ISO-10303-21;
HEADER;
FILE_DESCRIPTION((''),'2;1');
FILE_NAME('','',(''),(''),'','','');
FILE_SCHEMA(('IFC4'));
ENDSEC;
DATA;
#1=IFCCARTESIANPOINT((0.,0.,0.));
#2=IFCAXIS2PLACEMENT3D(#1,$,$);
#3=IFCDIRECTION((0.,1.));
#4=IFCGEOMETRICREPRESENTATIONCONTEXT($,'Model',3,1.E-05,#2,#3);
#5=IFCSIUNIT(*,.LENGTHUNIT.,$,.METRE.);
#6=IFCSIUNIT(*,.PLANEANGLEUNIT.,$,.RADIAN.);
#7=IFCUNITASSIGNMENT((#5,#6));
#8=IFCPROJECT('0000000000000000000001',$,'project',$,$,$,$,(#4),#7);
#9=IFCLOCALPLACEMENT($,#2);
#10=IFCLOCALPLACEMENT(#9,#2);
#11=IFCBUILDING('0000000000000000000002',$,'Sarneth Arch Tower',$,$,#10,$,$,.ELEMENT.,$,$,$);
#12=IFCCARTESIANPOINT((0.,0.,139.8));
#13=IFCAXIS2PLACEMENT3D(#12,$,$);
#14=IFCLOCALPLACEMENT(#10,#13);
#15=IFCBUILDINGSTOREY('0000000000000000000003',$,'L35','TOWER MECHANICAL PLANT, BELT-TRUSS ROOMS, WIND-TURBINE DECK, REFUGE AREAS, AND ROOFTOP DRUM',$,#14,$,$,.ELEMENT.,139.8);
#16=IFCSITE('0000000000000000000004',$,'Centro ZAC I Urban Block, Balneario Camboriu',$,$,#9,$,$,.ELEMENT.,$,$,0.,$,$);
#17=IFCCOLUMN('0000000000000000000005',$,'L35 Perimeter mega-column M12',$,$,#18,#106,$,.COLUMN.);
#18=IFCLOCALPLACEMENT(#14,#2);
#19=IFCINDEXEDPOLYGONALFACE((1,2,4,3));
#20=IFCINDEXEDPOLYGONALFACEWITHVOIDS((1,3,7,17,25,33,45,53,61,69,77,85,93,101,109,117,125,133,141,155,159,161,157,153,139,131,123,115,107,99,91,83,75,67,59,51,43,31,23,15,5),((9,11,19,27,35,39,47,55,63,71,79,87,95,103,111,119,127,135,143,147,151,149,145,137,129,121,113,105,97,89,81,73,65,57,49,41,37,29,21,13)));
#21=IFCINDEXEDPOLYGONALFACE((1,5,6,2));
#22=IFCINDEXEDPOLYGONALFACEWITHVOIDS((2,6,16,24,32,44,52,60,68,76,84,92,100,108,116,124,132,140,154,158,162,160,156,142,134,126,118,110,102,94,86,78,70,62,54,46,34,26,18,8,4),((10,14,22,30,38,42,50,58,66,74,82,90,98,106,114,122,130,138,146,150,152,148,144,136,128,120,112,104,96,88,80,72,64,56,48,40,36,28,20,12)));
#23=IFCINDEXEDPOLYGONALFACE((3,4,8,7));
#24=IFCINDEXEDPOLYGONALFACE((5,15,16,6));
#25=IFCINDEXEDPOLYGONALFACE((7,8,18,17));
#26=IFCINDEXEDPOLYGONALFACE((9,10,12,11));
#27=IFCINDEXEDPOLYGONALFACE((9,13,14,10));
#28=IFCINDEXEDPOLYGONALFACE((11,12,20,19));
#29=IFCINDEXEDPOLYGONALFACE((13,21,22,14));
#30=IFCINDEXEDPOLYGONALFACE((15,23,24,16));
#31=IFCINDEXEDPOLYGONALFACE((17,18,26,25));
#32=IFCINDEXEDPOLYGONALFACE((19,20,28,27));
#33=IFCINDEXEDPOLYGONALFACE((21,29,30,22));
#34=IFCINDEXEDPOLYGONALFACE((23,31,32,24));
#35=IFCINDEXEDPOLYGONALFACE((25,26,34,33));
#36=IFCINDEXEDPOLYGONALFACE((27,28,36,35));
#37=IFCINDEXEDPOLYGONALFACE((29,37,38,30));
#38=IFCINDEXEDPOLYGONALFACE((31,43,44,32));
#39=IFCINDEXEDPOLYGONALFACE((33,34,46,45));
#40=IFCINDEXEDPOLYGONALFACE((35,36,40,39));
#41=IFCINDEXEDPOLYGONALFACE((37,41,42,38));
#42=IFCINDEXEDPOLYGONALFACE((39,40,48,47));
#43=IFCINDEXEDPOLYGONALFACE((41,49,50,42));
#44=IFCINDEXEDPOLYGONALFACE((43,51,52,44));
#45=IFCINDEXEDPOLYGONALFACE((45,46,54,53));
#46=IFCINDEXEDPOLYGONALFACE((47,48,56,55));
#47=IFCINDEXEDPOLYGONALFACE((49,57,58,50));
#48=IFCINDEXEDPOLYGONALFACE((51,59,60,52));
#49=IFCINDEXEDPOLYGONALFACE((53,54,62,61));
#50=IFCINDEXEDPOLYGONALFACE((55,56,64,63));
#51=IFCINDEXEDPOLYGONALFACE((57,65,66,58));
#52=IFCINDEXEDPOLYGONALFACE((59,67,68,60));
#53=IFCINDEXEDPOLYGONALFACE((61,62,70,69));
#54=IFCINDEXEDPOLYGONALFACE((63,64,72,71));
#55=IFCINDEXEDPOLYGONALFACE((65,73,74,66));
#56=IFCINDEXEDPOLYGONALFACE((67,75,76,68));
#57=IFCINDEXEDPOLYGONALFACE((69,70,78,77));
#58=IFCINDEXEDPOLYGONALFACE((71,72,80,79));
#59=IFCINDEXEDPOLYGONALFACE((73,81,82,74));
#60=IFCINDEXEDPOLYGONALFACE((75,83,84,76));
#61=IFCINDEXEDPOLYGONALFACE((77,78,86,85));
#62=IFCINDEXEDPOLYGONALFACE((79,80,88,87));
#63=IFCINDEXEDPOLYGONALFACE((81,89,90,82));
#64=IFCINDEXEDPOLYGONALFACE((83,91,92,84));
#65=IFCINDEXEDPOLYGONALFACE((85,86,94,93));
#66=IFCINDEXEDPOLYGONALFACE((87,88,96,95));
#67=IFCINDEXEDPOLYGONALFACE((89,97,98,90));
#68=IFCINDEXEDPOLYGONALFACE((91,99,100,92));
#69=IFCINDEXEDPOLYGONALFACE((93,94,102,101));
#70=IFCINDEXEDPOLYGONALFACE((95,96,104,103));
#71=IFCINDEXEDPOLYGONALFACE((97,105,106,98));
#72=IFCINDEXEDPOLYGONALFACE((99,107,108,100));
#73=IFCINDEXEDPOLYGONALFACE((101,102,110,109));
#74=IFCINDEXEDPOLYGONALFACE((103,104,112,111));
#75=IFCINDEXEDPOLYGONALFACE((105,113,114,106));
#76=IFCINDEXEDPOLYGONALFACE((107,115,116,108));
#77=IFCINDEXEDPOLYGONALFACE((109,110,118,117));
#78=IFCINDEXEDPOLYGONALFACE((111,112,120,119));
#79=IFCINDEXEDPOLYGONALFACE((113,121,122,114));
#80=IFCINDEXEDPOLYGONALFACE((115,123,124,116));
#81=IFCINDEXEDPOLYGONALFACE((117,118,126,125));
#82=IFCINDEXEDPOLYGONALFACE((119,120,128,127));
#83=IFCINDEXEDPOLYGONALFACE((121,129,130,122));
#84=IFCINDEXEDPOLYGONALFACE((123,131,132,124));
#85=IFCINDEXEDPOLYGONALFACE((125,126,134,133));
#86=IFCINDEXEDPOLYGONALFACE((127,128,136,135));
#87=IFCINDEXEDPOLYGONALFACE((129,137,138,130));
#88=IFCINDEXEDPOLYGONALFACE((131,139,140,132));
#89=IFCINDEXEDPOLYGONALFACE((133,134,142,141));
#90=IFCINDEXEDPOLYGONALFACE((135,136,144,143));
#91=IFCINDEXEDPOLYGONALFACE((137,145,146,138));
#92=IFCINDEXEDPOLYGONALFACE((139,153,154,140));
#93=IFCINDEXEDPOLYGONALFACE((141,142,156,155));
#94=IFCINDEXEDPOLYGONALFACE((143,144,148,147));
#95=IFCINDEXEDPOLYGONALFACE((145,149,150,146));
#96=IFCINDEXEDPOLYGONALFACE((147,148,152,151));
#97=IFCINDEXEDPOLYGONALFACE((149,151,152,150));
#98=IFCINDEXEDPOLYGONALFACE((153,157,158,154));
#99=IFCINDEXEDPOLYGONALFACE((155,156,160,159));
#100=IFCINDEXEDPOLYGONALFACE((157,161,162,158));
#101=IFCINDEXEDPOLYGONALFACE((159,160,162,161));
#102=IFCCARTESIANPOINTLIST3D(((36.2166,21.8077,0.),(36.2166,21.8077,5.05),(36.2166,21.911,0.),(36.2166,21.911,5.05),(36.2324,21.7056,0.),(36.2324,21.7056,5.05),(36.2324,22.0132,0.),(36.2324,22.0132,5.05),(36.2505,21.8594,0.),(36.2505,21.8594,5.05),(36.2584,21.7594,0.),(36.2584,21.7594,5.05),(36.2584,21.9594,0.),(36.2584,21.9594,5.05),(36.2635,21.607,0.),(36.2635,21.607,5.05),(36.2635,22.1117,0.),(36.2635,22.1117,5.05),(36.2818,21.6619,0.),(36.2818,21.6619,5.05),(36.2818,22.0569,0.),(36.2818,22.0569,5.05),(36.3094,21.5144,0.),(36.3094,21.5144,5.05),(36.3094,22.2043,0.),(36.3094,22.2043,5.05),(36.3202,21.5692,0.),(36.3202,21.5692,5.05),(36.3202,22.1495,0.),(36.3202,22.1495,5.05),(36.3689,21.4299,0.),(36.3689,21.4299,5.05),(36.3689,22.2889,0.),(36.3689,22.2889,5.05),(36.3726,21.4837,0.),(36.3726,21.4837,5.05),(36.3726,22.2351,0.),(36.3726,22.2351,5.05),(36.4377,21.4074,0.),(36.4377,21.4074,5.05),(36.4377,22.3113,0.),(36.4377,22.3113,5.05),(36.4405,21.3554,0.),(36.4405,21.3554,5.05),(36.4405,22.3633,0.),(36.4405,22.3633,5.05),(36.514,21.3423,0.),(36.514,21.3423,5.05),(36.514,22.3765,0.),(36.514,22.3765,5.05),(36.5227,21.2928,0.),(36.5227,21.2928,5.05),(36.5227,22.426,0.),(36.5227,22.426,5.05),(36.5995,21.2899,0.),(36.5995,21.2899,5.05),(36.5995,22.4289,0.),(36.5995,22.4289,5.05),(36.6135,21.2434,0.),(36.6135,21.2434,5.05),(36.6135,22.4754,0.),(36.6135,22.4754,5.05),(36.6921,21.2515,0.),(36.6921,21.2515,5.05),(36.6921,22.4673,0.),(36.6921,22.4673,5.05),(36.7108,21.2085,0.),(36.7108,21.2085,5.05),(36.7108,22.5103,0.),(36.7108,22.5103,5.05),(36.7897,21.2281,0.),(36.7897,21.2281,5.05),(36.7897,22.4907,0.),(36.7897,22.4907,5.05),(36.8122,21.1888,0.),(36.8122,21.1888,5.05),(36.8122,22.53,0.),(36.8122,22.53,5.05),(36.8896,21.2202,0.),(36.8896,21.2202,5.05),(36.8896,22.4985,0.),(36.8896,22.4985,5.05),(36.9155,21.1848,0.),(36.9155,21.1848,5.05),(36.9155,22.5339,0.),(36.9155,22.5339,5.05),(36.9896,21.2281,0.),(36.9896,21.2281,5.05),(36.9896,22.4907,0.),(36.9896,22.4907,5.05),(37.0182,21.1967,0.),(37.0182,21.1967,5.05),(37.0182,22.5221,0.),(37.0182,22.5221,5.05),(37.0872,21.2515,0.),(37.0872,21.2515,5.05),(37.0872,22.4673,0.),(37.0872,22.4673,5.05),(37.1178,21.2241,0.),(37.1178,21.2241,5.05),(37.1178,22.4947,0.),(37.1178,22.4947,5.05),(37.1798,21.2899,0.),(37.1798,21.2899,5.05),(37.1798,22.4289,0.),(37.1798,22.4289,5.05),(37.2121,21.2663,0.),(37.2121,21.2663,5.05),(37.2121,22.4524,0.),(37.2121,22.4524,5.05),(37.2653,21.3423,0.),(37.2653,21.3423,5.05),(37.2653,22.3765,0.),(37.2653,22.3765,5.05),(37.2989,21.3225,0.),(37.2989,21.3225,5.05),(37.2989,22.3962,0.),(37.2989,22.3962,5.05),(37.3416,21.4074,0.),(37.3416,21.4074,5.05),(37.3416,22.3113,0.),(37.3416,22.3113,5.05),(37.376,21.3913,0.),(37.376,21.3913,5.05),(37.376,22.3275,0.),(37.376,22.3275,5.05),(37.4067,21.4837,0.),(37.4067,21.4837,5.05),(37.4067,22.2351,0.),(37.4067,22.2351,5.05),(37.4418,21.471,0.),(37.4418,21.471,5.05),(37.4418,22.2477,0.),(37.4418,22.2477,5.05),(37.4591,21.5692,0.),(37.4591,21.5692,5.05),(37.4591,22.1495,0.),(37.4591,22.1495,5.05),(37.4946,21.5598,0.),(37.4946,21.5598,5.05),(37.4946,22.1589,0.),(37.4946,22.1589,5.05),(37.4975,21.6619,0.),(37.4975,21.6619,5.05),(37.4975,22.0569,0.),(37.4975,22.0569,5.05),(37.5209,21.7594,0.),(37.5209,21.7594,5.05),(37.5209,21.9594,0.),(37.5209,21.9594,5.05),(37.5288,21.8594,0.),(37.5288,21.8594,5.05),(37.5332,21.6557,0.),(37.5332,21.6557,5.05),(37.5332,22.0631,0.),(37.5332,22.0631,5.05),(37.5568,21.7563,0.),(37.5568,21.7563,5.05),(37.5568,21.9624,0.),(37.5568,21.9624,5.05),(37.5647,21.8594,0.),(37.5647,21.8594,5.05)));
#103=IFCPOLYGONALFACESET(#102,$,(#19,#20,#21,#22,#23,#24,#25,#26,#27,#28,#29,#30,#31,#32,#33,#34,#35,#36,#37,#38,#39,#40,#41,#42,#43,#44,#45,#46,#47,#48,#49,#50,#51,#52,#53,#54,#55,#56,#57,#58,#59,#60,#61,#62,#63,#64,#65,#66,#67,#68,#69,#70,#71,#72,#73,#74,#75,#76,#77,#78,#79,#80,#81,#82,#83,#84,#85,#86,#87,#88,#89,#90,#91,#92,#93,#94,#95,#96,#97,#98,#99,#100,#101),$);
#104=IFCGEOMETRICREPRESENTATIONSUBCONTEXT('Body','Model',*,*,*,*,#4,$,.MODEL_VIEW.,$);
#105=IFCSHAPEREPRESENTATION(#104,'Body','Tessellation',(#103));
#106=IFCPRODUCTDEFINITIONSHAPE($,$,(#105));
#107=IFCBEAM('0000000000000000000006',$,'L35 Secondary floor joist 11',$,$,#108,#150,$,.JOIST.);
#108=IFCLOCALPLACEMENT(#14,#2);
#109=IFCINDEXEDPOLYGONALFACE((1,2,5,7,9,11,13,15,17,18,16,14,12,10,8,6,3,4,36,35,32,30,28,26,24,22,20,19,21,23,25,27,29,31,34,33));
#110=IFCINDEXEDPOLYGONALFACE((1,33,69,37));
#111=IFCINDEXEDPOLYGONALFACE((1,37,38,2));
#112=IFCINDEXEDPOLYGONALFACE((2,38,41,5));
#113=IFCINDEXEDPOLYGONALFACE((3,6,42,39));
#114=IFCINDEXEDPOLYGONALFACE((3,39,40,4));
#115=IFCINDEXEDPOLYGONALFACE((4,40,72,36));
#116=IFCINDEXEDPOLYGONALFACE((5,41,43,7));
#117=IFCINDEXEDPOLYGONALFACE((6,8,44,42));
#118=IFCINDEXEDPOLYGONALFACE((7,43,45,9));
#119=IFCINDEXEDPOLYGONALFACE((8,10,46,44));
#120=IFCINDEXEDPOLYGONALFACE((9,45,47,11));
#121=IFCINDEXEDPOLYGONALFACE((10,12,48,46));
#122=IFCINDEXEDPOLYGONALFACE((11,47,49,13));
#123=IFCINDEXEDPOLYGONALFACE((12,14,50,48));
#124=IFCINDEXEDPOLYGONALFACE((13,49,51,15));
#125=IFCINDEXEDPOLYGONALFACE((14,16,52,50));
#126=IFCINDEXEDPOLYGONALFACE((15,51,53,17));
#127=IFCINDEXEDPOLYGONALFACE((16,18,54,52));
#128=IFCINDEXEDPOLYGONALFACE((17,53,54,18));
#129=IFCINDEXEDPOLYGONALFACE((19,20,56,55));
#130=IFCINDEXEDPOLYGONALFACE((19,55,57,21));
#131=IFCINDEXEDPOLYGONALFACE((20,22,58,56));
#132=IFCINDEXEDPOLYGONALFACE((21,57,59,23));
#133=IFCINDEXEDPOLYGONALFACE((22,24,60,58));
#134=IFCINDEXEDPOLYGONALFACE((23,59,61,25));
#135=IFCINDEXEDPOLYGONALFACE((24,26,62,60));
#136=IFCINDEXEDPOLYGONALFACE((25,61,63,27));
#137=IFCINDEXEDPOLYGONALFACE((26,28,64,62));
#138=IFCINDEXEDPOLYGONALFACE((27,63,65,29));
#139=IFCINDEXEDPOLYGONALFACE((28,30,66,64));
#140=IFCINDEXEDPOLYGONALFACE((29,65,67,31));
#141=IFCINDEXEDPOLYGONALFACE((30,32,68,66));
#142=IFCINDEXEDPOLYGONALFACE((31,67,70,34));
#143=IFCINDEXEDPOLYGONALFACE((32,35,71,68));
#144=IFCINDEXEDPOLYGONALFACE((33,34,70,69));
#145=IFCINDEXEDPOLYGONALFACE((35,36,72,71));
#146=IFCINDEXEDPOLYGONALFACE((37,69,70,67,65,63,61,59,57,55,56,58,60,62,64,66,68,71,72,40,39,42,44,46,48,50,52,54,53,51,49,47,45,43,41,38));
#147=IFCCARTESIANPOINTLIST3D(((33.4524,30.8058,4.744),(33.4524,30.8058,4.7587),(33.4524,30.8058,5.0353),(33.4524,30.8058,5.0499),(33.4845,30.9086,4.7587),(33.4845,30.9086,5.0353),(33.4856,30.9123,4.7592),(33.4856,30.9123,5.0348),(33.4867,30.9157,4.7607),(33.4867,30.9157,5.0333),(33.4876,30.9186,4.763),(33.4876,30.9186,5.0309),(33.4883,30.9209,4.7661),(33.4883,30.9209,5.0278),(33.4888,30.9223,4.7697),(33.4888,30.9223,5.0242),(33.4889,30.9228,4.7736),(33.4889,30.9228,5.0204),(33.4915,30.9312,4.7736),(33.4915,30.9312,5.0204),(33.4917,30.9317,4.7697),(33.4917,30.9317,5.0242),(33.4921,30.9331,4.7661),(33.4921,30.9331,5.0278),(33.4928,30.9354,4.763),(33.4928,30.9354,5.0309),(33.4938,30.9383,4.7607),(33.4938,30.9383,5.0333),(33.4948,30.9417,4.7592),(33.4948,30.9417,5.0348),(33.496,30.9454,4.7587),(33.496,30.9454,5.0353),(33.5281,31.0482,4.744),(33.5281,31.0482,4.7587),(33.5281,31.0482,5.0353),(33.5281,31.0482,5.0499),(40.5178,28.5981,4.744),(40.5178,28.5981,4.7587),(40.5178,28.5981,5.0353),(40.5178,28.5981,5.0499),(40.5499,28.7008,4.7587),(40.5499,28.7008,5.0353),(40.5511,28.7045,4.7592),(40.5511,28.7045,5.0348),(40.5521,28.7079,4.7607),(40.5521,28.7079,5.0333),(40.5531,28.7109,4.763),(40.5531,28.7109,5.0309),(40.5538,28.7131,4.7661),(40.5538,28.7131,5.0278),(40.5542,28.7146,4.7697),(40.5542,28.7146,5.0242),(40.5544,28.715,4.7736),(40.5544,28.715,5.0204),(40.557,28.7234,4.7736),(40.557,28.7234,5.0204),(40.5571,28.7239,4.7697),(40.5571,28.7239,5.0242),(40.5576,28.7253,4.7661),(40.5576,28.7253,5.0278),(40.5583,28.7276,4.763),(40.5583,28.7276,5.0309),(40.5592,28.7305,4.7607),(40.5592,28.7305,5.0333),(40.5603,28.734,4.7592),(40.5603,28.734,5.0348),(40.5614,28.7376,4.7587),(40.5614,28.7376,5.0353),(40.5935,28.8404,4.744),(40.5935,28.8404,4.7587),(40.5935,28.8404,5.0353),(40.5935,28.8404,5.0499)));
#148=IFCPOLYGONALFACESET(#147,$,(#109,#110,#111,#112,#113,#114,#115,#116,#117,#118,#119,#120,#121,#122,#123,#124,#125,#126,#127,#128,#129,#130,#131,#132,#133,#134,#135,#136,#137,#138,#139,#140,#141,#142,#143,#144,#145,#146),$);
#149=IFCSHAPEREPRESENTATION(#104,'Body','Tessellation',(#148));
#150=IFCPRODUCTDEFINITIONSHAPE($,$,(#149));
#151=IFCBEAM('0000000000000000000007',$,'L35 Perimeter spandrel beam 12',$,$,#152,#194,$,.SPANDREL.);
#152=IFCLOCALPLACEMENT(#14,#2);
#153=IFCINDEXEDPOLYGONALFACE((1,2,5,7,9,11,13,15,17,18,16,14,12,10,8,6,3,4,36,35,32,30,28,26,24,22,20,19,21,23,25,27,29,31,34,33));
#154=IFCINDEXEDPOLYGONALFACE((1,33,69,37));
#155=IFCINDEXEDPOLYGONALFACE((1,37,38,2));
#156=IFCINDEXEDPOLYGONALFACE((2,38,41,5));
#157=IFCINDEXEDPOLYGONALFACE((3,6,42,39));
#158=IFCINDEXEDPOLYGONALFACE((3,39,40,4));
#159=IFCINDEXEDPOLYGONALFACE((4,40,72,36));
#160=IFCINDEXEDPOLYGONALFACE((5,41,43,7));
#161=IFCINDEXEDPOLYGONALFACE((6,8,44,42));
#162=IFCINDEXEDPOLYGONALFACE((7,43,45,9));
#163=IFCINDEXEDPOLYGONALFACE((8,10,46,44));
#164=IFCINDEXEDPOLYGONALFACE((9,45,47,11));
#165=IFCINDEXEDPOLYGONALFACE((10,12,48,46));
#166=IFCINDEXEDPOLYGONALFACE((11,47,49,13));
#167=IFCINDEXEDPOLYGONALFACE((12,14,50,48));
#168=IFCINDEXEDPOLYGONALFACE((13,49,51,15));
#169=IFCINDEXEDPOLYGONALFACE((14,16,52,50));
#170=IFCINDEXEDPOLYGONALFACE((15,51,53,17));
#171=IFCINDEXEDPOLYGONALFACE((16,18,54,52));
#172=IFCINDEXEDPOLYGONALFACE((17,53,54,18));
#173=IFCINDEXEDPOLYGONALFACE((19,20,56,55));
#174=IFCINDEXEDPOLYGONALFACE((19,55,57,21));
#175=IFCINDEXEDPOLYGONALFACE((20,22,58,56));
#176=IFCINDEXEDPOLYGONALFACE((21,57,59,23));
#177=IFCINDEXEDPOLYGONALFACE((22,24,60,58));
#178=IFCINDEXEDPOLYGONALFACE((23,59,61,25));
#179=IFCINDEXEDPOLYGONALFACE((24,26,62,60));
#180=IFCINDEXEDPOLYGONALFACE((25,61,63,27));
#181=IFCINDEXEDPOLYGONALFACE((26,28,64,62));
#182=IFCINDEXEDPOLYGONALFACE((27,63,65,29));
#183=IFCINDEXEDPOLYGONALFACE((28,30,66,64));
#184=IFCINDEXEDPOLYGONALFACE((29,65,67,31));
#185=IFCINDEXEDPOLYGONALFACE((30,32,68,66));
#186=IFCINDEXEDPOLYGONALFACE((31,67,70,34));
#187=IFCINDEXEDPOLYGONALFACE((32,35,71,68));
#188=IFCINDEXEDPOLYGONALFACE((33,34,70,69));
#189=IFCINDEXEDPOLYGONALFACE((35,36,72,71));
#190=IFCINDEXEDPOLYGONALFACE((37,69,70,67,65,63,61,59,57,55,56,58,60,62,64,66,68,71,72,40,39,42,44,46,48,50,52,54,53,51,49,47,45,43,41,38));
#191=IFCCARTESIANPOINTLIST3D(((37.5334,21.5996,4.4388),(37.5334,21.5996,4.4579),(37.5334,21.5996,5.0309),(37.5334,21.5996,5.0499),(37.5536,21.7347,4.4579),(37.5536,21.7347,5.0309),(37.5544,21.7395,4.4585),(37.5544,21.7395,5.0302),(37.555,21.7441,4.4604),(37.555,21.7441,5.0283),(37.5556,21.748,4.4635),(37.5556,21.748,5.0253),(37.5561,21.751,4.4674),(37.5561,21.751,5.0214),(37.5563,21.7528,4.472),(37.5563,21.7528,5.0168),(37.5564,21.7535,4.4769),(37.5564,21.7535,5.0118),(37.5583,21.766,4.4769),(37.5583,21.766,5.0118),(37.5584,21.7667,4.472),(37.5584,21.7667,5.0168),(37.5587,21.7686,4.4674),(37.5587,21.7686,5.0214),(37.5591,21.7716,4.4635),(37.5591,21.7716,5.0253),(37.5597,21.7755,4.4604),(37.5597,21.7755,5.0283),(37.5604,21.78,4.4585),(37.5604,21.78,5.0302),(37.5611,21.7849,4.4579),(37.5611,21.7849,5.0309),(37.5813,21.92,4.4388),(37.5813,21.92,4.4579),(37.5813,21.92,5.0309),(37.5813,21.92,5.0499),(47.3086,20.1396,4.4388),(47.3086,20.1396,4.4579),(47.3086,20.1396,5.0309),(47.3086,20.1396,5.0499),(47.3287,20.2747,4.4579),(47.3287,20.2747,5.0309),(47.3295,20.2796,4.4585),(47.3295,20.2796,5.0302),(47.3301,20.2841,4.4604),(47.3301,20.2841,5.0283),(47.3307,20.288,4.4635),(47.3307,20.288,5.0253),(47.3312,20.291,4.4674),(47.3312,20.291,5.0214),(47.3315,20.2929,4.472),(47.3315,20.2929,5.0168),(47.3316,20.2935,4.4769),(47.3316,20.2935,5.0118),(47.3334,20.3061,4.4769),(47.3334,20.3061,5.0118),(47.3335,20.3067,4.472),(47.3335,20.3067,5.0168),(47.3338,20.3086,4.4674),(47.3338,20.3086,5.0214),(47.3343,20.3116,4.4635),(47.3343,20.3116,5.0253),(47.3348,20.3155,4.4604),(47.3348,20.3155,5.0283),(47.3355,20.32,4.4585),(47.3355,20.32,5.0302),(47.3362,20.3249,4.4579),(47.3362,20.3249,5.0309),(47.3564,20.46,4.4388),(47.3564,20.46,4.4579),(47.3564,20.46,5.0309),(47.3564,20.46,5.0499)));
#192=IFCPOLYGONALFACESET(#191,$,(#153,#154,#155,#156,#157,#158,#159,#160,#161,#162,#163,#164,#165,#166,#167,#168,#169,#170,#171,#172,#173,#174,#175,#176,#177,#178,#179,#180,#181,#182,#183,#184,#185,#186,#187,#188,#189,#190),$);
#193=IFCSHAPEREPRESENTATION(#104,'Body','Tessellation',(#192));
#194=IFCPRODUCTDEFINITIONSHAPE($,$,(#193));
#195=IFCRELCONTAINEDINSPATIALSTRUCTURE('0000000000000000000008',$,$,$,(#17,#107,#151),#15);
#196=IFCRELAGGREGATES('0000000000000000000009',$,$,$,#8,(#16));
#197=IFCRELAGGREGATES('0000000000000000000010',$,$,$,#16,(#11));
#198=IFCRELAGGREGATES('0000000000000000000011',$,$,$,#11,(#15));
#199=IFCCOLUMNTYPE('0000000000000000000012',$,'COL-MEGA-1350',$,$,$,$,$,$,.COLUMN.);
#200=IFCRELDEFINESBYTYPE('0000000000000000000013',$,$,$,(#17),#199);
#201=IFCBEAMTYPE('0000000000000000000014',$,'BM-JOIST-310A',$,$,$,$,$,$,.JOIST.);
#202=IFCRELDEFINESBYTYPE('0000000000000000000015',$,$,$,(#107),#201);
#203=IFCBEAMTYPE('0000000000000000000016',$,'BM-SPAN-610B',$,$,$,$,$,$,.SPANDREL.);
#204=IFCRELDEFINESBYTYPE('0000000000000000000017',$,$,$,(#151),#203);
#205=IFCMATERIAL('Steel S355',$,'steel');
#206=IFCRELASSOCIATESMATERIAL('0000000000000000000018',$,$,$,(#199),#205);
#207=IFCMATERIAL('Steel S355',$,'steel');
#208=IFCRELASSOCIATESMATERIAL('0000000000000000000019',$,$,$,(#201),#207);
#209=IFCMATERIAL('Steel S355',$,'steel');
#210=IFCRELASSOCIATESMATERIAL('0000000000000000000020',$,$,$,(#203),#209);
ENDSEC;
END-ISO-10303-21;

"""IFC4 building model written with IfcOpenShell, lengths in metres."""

from ifc_helpers import new_model, si_unit, direction, frame, origin, origin_2d, place, context, subcontext, project, spatial, hollow_circle, i_section, extrude, material, material_profile, profile_set, type_object, element, save


model = new_model("IFC4")

# Units and contexts
model_context = context("Model", 3, precision=1e-05, world=origin(), true_north=direction((0.0, 1.0)))
body_context = subcontext(model_context, "Body", "Model", "MODEL_VIEW")
ifc_project = project(units=[si_unit("LENGTHUNIT", "METRE"), si_unit("PLANEANGLEUNIT", "RADIAN")], contexts=[model_context])

# Site, building, storey
site_placement = place(None, origin())
site = spatial("IfcSite", under=ifc_project, at=site_placement, Name="Centro ZAC I Urban Block, Balneario Camboriu", CompositionType="ELEMENT", RefElevation=0.0)
building_placement = place(site_placement, origin())
building = spatial("IfcBuilding", under=site, at=building_placement, Name="Sarneth Arch Tower", CompositionType="ELEMENT")
storey_placement = place(building_placement, frame((0.0, 0.0, 139.8)))
storey = spatial("IfcBuildingStorey", under=building, at=storey_placement, Name="L35", Description="TOWER MECHANICAL PLANT, BELT-TRUSS ROOMS, WIND-TURBINE DECK, REFUGE AREAS, AND ROOFTOP DRUM", CompositionType="ELEMENT", Elevation=139.8)

# Column
ifc_material_1 = material(Name="Steel S355", Category="steel")
ifc_material_profile_1 = material_profile(ifc_material_1, hollow_circle(Radius=0.675, WallThickness=0.0359, at=origin_2d()), Name="CHS1350x36")
ifc_profile_set_1 = profile_set([ifc_material_profile_1], Name="Steel S355")
column_type = type_object("IfcColumnType", Name="COL-MEGA-1350", PredefinedType="COLUMN", material=ifc_profile_set_1)
column_placement = place(storey_placement, frame((36.8896, 21.8594, 0.0), z_axis=(0.0, 0.0, 1.0), x_axis=(1.0, 0.0, 0.0)))
element("IfcColumn", 1, at=column_placement, inside=storey, type_object=column_type, Name="L35 Perimeter mega-column M12", PredefinedType="COLUMN", context=body_context, shape_type="SweptSolid", body=[
    extrude(hollow_circle(Radius=0.675, WallThickness=0.0359, at=origin_2d()), origin(), (0.0, 0.0, 1.0), 5.05),
])

# Beams
ifc_material_2 = material(Name="Steel S355", Category="steel")
ifc_material_profile_2 = material_profile(ifc_material_2, i_section(OverallWidth=0.2539, OverallDepth=0.3059, WebThickness=0.0088, FlangeThickness=0.0146, FilletRadius=0.0149, at=origin_2d()), Name="W310x79")
ifc_profile_set_2 = profile_set([ifc_material_profile_2], Name="Steel S355")
beam_type_1 = type_object("IfcBeamType", Name="BM-JOIST-310A", PredefinedType="JOIST", material=ifc_profile_set_2)
beam_1_placement = place(storey_placement, frame((33.4902, 30.927, 4.897), z_axis=(0.954487, -0.298252, 0.0), x_axis=(0.298252, 0.954487, 0.0)))
element("IfcBeam", 2, at=beam_1_placement, inside=storey, type_object=beam_type_1, Name="L35 Secondary floor joist 11", PredefinedType="JOIST", context=body_context, shape_type="SweptSolid", body=[
    extrude(i_section(OverallWidth=0.2539, OverallDepth=0.3059, WebThickness=0.0088, FlangeThickness=0.0146, FilletRadius=0.0149, at=origin_2d()), origin(), (0.0, 0.0, 1.0), 7.4023),
])
ifc_material_3 = material(Name="Steel S355", Category="steel")
ifc_material_profile_3 = material_profile(ifc_material_3, i_section(OverallWidth=0.324, OverallDepth=0.6111, WebThickness=0.0127, FlangeThickness=0.019, FilletRadius=0.019, at=origin_2d()), Name="W610x155")
ifc_profile_set_3 = profile_set([ifc_material_profile_3], Name="Steel S355")
beam_type_2 = type_object("IfcBeamType", Name="BM-SPAN-610B", PredefinedType="SPANDREL", material=ifc_profile_set_3)
beam_2_placement = place(storey_placement, frame((37.5574, 21.7598, 4.7444), z_axis=(0.98903, -0.147716, 0.0), x_axis=(0.147716, 0.98903, 0.0)))
element("IfcBeam", 3, at=beam_2_placement, inside=storey, type_object=beam_type_2, Name="L35 Perimeter spandrel beam 12", PredefinedType="SPANDREL", context=body_context, shape_type="SweptSolid", body=[
    extrude(i_section(OverallWidth=0.324, OverallDepth=0.6111, WebThickness=0.0127, FlangeThickness=0.019, FilletRadius=0.019, at=origin_2d()), origin(), (0.0, 0.0, 1.0), 9.8835),
])

save(model, "model.ifc")
